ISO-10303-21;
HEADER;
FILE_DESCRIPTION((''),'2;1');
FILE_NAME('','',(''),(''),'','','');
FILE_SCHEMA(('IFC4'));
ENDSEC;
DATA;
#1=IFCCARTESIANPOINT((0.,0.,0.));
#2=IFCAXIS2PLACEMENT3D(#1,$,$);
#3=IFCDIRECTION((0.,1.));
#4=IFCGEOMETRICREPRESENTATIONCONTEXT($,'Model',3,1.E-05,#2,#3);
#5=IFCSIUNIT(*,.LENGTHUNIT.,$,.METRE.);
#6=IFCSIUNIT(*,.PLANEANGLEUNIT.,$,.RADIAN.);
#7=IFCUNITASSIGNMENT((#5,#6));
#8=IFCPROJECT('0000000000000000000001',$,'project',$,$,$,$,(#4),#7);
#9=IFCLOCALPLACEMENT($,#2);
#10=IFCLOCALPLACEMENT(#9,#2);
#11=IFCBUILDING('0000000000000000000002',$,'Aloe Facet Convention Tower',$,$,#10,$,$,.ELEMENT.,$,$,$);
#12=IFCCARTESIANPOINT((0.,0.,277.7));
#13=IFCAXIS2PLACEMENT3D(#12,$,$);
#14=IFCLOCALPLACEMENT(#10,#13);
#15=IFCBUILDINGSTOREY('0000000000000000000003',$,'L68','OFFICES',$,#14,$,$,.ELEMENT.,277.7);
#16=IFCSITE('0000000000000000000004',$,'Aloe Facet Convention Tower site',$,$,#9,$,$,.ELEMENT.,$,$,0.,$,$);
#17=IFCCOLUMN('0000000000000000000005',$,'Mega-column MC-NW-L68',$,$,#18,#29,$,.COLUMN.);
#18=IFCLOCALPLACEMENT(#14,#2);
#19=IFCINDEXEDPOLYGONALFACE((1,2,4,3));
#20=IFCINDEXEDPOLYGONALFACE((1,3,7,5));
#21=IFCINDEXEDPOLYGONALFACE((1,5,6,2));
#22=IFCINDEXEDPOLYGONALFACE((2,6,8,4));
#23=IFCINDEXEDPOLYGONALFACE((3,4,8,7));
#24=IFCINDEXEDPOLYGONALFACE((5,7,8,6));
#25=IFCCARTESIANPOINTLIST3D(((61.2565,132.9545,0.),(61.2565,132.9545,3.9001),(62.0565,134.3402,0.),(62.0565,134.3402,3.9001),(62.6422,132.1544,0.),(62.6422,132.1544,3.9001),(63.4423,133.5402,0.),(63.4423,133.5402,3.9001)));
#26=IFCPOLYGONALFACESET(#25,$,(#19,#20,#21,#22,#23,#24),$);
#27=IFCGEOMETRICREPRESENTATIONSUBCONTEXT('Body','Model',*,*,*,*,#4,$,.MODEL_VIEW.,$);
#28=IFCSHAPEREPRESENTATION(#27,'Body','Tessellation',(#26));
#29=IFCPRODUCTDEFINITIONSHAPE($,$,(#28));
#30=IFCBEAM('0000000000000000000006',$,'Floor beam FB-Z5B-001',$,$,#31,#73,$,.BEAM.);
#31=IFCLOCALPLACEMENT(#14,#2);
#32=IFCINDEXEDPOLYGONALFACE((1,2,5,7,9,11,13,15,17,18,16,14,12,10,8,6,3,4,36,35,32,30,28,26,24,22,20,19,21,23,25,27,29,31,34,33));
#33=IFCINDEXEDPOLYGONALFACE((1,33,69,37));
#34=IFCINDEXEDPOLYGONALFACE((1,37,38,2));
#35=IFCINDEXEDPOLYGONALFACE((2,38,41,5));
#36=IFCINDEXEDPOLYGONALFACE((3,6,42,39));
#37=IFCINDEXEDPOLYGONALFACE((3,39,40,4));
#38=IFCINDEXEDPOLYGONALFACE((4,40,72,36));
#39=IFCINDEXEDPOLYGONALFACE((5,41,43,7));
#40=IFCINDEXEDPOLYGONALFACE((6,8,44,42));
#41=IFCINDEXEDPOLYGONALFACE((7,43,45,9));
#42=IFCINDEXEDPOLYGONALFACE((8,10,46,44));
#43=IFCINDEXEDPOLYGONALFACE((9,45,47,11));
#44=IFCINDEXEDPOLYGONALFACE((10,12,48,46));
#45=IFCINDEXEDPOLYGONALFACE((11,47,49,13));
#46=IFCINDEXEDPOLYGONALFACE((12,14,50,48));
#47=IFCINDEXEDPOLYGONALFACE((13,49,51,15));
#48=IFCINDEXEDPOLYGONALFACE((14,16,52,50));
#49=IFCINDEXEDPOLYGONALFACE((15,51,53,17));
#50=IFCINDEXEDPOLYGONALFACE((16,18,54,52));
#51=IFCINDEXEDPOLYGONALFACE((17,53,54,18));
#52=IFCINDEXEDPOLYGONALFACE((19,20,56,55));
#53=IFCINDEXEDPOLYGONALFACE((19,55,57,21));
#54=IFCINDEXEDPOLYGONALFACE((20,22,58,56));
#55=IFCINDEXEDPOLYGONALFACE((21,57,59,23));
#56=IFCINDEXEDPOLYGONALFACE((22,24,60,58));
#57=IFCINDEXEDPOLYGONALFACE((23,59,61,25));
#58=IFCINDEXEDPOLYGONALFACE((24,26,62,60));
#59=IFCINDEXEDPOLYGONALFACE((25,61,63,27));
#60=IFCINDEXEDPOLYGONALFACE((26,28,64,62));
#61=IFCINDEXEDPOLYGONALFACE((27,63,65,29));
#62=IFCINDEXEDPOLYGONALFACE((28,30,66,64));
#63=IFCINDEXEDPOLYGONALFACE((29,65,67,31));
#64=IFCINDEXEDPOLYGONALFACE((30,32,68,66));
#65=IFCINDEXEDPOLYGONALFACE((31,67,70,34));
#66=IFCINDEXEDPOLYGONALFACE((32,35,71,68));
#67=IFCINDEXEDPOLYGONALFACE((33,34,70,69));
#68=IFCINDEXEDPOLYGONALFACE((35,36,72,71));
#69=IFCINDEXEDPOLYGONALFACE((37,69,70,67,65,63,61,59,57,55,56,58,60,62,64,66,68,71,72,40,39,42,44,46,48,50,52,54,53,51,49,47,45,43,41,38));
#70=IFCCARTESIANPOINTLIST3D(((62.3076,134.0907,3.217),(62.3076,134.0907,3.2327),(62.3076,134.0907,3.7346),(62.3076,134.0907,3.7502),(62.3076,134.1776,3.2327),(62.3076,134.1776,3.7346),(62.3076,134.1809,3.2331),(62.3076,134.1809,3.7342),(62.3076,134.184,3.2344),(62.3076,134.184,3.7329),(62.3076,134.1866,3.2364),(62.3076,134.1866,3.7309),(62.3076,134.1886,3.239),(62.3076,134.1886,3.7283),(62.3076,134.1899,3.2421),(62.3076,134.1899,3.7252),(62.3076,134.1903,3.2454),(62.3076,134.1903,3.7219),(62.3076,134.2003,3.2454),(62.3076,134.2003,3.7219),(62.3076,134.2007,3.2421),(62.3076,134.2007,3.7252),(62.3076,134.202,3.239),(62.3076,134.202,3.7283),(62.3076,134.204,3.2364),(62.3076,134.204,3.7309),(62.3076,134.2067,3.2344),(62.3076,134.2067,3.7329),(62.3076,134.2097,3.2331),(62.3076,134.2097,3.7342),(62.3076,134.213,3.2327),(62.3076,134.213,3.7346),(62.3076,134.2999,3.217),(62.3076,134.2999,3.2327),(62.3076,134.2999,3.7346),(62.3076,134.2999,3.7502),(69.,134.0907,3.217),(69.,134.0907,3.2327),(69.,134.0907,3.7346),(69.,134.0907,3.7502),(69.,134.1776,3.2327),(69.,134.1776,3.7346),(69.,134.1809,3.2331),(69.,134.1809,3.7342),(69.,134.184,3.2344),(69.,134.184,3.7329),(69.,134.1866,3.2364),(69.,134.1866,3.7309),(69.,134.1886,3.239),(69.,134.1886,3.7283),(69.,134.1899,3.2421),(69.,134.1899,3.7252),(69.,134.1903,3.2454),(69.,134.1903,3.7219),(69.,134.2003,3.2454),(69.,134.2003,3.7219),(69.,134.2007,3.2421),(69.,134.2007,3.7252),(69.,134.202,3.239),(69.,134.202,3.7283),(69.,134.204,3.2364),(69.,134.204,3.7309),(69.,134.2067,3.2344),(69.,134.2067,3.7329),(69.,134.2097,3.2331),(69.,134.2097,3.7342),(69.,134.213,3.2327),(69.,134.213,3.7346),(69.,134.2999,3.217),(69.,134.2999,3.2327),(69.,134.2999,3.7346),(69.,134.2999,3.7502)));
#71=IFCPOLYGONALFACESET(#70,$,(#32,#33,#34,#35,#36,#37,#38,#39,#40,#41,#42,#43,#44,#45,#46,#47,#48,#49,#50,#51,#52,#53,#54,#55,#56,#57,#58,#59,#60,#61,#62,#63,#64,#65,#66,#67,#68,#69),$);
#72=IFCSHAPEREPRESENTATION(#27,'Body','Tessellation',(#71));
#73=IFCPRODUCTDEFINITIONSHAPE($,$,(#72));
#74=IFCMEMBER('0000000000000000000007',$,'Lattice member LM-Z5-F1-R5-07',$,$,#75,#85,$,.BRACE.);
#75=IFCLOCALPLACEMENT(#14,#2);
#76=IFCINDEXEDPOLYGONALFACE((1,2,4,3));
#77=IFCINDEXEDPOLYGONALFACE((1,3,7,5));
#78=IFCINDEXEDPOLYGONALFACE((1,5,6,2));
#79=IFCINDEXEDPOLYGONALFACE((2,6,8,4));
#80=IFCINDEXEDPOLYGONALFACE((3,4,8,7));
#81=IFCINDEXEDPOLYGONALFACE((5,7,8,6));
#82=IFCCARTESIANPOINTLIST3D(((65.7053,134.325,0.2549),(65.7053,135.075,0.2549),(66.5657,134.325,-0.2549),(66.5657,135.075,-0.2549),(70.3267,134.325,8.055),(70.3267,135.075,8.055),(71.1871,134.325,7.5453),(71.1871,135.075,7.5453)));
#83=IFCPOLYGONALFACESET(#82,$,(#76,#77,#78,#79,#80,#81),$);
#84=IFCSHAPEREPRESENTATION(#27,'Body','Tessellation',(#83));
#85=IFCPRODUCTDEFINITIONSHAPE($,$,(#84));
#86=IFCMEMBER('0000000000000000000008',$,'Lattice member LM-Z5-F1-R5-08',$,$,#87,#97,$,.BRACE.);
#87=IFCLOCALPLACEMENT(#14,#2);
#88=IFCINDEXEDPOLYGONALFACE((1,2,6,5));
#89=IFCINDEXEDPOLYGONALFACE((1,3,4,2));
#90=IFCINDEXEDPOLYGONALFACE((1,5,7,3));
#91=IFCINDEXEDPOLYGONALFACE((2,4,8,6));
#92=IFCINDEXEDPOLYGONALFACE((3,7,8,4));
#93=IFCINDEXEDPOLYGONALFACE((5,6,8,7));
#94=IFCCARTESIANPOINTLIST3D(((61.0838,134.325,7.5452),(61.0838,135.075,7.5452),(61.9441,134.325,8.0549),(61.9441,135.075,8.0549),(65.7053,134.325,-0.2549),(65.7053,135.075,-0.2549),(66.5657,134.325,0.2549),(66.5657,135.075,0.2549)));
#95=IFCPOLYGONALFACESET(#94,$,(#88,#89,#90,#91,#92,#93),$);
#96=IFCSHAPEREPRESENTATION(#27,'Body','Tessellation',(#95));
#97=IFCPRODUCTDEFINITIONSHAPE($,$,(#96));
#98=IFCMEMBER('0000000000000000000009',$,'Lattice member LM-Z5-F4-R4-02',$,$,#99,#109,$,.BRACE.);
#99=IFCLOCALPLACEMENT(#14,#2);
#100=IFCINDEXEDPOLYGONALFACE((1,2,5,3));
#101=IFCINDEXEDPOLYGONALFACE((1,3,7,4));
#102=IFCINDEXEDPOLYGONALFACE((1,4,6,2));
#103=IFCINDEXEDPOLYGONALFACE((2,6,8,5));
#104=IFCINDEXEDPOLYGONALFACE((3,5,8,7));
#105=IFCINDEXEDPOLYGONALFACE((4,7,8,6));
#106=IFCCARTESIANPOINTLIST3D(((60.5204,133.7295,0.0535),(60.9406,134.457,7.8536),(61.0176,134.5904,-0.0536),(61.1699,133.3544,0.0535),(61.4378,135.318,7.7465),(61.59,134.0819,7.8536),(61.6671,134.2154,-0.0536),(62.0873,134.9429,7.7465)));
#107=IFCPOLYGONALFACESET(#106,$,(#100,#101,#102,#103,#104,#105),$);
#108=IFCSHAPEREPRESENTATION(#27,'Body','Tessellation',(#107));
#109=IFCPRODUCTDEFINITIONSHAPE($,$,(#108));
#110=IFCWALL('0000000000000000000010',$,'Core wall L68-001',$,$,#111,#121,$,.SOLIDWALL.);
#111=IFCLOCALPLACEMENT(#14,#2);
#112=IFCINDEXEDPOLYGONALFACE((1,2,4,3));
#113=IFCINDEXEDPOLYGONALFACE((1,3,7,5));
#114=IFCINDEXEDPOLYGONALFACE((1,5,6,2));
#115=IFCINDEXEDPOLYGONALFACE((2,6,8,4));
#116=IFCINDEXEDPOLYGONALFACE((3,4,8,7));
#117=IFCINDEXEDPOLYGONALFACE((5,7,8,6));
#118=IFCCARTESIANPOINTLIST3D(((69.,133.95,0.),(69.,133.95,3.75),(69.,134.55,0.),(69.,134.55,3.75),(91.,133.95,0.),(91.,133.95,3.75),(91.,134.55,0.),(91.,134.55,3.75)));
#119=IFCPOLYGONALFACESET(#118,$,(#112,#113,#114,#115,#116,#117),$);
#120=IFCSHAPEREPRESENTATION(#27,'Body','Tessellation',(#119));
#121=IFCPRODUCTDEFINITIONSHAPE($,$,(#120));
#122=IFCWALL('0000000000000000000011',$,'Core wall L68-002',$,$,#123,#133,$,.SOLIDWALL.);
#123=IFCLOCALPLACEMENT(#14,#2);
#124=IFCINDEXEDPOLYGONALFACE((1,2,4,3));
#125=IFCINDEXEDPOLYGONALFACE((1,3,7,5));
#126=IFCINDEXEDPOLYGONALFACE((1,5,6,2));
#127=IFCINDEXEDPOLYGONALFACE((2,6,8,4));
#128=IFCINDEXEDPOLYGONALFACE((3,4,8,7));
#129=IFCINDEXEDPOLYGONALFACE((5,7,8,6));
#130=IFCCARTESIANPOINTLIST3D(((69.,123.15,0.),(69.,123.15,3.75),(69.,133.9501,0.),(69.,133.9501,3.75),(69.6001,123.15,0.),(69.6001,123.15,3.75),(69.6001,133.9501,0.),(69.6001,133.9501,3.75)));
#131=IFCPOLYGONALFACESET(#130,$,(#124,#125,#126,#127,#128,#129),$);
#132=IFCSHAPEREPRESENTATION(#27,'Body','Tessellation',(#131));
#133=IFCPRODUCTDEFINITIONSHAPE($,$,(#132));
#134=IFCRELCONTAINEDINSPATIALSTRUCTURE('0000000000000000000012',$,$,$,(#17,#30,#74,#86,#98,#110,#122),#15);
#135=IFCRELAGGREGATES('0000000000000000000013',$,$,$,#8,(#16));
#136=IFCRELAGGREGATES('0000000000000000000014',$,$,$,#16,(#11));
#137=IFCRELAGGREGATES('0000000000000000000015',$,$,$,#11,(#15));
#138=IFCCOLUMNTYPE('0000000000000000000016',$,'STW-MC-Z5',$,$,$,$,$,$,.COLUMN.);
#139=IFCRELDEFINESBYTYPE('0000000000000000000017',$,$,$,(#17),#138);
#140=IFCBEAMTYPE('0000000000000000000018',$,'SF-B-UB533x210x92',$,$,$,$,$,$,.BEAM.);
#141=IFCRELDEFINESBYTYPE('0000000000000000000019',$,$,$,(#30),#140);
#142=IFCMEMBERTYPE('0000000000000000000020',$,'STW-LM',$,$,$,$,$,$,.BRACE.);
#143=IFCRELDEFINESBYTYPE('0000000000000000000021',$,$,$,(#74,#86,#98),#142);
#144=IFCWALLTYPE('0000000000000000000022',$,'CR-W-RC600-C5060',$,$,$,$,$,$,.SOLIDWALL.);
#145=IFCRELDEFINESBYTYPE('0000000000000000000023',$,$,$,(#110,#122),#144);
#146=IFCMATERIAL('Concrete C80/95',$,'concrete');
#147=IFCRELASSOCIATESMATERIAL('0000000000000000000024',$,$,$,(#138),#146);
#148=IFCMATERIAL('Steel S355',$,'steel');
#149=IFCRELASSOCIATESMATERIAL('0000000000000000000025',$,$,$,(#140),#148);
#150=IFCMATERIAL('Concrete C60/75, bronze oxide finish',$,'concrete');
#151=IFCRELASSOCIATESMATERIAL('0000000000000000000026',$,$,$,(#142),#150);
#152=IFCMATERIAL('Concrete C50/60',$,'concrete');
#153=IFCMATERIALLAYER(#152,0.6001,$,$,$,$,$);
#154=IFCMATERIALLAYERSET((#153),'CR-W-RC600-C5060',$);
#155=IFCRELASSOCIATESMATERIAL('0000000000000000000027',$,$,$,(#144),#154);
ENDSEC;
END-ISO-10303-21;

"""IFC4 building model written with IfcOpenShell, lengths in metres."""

from ifc_helpers import new_model, si_unit, direction, frame, frame_2d, origin, origin_2d, place, context, subcontext, project, spatial, rectangle, i_section, extrude, material, layer, layer_set, material_profile, profile_set, type_object, element, save


model = new_model("IFC4")

# Units and contexts
model_context = context("Model", 3, precision=1e-05, world=origin(), true_north=direction((0.0, 1.0)))
body_context = subcontext(model_context, "Body", "Model", "MODEL_VIEW")
ifc_project = project(units=[si_unit("LENGTHUNIT", "METRE"), si_unit("PLANEANGLEUNIT", "RADIAN")], contexts=[model_context])

# Site, building, storey
site_placement = place(None, origin())
site = spatial("IfcSite", under=ifc_project, at=site_placement, Name="Aloe Facet Convention Tower site", CompositionType="ELEMENT", RefElevation=0.0)
building_placement = place(site_placement, origin())
building = spatial("IfcBuilding", under=site, at=building_placement, Name="Aloe Facet Convention Tower", CompositionType="ELEMENT")
storey_placement = place(building_placement, frame((0.0, 0.0, 277.7)))
storey = spatial("IfcBuildingStorey", under=building, at=storey_placement, Name="L68", Description="OFFICES", CompositionType="ELEMENT", Elevation=277.7)

# Column
ifc_material_1 = material(Name="Concrete C80/95", Category="concrete")
ifc_material_profile_1 = material_profile(ifc_material_1, rectangle(XDim=1.6001, YDim=1.6001, at=origin_2d()), Name="STW-MC-Z5")
ifc_profile_set_1 = profile_set([ifc_material_profile_1], Name="Concrete C80/95")
column_type = type_object("IfcColumnType", Name="STW-MC-Z5", PredefinedType="COLUMN", material=ifc_profile_set_1)
column_placement = place(storey_placement, frame((62.3494, 133.2473, 0.0), z_axis=(0.0, 0.0, 1.0), x_axis=(-0.5, -0.866025, 0.0)))
element("IfcColumn", 1, at=column_placement, inside=storey, type_object=column_type, Name="Mega-column MC-NW-L68", PredefinedType="COLUMN", context=body_context, shape_type="SweptSolid", body=[
    extrude(rectangle(XDim=1.6001, YDim=1.6001, at=origin_2d()), origin(), (0.0, 0.0, 1.0), 3.9001),
])

# Beam
ifc_material_2 = material(Name="Steel S355", Category="steel")
ifc_material_profile_2 = material_profile(ifc_material_2, i_section(OverallWidth=0.2092, OverallDepth=0.5332, WebThickness=0.01, FlangeThickness=0.0156, FilletRadius=0.0127, at=origin_2d()), Name="UB 533x210x92")
ifc_profile_set_2 = profile_set([ifc_material_profile_2], Name="Steel S355")
beam_type = type_object("IfcBeamType", Name="SF-B-UB533x210x92", PredefinedType="BEAM", material=ifc_profile_set_2)
beam_placement = place(storey_placement, frame((62.3076, 134.1953, 3.4836), z_axis=(1.0, 0.0, 0.0), x_axis=(0.0, 1.0, 0.0)))
element("IfcBeam", 2, at=beam_placement, inside=storey, type_object=beam_type, Name="Floor beam FB-Z5B-001", PredefinedType="BEAM", context=body_context, shape_type="SweptSolid", body=[
    extrude(i_section(OverallWidth=0.2092, OverallDepth=0.5332, WebThickness=0.01, FlangeThickness=0.0156, FilletRadius=0.0127, at=origin_2d()), origin(), (0.0, 0.0, 1.0), 6.6924),
])

# Members
ifc_material_3 = material(Name="Concrete C60/75, bronze oxide finish", Category="concrete")
ifc_material_profile_3 = material_profile(ifc_material_3, rectangle(XDim=0.75, YDim=1.0, at=origin_2d()), Name="STW-LM")
ifc_profile_set_3 = profile_set([ifc_material_profile_3], Name="Concrete C60/75, bronze oxide finish")
member_type = type_object("IfcMemberType", Name="STW-LM", PredefinedType="BRACE", material=ifc_profile_set_3)
for number, where, z_axis, x_axis, name in (
    (3, (66.1355, 134.7, 0.0), (0.509728, 0.0, 0.860336), (0.0, 1.0, 0.0), "Lattice member LM-Z5-F1-R5-07"),
    (4, (66.1355, 134.7, 0.0), (-0.509748, 0.0, 0.860324), (0.0, -1.0, 0.0), "Lattice member LM-Z5-F1-R5-08"),
):
    element("IfcMember", number, at=place(storey_placement, frame(where, z_axis=z_axis, x_axis=x_axis)), inside=storey, type_object=member_type, Name=name, PredefinedType="BRACE", context=body_context, shape_type="SweptSolid", body=[
        extrude(rectangle(XDim=0.75, YDim=1.0, at=origin_2d()), origin(), (0.0, 0.0, 1.0), 9.0664),
    ])
member_placement = place(storey_placement, frame((61.5139, 134.7, 7.8), z_axis=(-0.053557, -0.092737, -0.994249), x_axis=(0.865963, -0.500108, 0.0)))
element("IfcMember", 5, at=member_placement, inside=storey, type_object=member_type, Name="Lattice member LM-Z5-F4-R4-02", PredefinedType="BRACE", context=body_context, shape_type="SweptSolid", body=[
    extrude(rectangle(XDim=0.75, YDim=1.0, at=origin_2d()), origin(), (0.0, 0.0, 1.0), 7.8452),
])

# Walls
ifc_material_4 = material(Name="Concrete C50/60", Category="concrete")
ifc_layer_1 = layer(ifc_material_4, 0.6001)
ifc_layer_set_1 = layer_set([ifc_layer_1], Name="CR-W-RC600-C5060")
wall_type_1 = type_object("IfcWallType", Name="CR-W-RC600-C5060", PredefinedType="SOLIDWALL", material=ifc_layer_set_1)
wall_1_placement = place(storey_placement, frame((69.0, 134.25, 0.0), z_axis=(0.0, 0.0, 1.0), x_axis=(1.0, 0.0, 0.0)))
element("IfcWall", 6, at=wall_1_placement, inside=storey, type_object=wall_type_1, Name="Core wall L68-001", PredefinedType="SOLIDWALL", context=body_context, shape_type="SweptSolid", body=[
    extrude(rectangle(XDim=22.0, YDim=0.6001, at=frame_2d((11.0, 0.0))), origin(), (0.0, 0.0, 1.0), 3.75),
])
wall_2_placement = place(storey_placement, frame((69.3, 133.95, 0.0), z_axis=(0.0, 0.0, 1.0), x_axis=(0.0, -1.0, 0.0)))
element("IfcWall", 7, at=wall_2_placement, inside=storey, type_object=wall_type_1, Name="Core wall L68-002", PredefinedType="SOLIDWALL", context=body_context, shape_type="SweptSolid", body=[
    extrude(rectangle(XDim=10.8, YDim=0.6001, at=frame_2d((5.3999, 0.0))), origin(), (0.0, 0.0, 1.0), 3.75),
])

save(model, "model.ifc")
